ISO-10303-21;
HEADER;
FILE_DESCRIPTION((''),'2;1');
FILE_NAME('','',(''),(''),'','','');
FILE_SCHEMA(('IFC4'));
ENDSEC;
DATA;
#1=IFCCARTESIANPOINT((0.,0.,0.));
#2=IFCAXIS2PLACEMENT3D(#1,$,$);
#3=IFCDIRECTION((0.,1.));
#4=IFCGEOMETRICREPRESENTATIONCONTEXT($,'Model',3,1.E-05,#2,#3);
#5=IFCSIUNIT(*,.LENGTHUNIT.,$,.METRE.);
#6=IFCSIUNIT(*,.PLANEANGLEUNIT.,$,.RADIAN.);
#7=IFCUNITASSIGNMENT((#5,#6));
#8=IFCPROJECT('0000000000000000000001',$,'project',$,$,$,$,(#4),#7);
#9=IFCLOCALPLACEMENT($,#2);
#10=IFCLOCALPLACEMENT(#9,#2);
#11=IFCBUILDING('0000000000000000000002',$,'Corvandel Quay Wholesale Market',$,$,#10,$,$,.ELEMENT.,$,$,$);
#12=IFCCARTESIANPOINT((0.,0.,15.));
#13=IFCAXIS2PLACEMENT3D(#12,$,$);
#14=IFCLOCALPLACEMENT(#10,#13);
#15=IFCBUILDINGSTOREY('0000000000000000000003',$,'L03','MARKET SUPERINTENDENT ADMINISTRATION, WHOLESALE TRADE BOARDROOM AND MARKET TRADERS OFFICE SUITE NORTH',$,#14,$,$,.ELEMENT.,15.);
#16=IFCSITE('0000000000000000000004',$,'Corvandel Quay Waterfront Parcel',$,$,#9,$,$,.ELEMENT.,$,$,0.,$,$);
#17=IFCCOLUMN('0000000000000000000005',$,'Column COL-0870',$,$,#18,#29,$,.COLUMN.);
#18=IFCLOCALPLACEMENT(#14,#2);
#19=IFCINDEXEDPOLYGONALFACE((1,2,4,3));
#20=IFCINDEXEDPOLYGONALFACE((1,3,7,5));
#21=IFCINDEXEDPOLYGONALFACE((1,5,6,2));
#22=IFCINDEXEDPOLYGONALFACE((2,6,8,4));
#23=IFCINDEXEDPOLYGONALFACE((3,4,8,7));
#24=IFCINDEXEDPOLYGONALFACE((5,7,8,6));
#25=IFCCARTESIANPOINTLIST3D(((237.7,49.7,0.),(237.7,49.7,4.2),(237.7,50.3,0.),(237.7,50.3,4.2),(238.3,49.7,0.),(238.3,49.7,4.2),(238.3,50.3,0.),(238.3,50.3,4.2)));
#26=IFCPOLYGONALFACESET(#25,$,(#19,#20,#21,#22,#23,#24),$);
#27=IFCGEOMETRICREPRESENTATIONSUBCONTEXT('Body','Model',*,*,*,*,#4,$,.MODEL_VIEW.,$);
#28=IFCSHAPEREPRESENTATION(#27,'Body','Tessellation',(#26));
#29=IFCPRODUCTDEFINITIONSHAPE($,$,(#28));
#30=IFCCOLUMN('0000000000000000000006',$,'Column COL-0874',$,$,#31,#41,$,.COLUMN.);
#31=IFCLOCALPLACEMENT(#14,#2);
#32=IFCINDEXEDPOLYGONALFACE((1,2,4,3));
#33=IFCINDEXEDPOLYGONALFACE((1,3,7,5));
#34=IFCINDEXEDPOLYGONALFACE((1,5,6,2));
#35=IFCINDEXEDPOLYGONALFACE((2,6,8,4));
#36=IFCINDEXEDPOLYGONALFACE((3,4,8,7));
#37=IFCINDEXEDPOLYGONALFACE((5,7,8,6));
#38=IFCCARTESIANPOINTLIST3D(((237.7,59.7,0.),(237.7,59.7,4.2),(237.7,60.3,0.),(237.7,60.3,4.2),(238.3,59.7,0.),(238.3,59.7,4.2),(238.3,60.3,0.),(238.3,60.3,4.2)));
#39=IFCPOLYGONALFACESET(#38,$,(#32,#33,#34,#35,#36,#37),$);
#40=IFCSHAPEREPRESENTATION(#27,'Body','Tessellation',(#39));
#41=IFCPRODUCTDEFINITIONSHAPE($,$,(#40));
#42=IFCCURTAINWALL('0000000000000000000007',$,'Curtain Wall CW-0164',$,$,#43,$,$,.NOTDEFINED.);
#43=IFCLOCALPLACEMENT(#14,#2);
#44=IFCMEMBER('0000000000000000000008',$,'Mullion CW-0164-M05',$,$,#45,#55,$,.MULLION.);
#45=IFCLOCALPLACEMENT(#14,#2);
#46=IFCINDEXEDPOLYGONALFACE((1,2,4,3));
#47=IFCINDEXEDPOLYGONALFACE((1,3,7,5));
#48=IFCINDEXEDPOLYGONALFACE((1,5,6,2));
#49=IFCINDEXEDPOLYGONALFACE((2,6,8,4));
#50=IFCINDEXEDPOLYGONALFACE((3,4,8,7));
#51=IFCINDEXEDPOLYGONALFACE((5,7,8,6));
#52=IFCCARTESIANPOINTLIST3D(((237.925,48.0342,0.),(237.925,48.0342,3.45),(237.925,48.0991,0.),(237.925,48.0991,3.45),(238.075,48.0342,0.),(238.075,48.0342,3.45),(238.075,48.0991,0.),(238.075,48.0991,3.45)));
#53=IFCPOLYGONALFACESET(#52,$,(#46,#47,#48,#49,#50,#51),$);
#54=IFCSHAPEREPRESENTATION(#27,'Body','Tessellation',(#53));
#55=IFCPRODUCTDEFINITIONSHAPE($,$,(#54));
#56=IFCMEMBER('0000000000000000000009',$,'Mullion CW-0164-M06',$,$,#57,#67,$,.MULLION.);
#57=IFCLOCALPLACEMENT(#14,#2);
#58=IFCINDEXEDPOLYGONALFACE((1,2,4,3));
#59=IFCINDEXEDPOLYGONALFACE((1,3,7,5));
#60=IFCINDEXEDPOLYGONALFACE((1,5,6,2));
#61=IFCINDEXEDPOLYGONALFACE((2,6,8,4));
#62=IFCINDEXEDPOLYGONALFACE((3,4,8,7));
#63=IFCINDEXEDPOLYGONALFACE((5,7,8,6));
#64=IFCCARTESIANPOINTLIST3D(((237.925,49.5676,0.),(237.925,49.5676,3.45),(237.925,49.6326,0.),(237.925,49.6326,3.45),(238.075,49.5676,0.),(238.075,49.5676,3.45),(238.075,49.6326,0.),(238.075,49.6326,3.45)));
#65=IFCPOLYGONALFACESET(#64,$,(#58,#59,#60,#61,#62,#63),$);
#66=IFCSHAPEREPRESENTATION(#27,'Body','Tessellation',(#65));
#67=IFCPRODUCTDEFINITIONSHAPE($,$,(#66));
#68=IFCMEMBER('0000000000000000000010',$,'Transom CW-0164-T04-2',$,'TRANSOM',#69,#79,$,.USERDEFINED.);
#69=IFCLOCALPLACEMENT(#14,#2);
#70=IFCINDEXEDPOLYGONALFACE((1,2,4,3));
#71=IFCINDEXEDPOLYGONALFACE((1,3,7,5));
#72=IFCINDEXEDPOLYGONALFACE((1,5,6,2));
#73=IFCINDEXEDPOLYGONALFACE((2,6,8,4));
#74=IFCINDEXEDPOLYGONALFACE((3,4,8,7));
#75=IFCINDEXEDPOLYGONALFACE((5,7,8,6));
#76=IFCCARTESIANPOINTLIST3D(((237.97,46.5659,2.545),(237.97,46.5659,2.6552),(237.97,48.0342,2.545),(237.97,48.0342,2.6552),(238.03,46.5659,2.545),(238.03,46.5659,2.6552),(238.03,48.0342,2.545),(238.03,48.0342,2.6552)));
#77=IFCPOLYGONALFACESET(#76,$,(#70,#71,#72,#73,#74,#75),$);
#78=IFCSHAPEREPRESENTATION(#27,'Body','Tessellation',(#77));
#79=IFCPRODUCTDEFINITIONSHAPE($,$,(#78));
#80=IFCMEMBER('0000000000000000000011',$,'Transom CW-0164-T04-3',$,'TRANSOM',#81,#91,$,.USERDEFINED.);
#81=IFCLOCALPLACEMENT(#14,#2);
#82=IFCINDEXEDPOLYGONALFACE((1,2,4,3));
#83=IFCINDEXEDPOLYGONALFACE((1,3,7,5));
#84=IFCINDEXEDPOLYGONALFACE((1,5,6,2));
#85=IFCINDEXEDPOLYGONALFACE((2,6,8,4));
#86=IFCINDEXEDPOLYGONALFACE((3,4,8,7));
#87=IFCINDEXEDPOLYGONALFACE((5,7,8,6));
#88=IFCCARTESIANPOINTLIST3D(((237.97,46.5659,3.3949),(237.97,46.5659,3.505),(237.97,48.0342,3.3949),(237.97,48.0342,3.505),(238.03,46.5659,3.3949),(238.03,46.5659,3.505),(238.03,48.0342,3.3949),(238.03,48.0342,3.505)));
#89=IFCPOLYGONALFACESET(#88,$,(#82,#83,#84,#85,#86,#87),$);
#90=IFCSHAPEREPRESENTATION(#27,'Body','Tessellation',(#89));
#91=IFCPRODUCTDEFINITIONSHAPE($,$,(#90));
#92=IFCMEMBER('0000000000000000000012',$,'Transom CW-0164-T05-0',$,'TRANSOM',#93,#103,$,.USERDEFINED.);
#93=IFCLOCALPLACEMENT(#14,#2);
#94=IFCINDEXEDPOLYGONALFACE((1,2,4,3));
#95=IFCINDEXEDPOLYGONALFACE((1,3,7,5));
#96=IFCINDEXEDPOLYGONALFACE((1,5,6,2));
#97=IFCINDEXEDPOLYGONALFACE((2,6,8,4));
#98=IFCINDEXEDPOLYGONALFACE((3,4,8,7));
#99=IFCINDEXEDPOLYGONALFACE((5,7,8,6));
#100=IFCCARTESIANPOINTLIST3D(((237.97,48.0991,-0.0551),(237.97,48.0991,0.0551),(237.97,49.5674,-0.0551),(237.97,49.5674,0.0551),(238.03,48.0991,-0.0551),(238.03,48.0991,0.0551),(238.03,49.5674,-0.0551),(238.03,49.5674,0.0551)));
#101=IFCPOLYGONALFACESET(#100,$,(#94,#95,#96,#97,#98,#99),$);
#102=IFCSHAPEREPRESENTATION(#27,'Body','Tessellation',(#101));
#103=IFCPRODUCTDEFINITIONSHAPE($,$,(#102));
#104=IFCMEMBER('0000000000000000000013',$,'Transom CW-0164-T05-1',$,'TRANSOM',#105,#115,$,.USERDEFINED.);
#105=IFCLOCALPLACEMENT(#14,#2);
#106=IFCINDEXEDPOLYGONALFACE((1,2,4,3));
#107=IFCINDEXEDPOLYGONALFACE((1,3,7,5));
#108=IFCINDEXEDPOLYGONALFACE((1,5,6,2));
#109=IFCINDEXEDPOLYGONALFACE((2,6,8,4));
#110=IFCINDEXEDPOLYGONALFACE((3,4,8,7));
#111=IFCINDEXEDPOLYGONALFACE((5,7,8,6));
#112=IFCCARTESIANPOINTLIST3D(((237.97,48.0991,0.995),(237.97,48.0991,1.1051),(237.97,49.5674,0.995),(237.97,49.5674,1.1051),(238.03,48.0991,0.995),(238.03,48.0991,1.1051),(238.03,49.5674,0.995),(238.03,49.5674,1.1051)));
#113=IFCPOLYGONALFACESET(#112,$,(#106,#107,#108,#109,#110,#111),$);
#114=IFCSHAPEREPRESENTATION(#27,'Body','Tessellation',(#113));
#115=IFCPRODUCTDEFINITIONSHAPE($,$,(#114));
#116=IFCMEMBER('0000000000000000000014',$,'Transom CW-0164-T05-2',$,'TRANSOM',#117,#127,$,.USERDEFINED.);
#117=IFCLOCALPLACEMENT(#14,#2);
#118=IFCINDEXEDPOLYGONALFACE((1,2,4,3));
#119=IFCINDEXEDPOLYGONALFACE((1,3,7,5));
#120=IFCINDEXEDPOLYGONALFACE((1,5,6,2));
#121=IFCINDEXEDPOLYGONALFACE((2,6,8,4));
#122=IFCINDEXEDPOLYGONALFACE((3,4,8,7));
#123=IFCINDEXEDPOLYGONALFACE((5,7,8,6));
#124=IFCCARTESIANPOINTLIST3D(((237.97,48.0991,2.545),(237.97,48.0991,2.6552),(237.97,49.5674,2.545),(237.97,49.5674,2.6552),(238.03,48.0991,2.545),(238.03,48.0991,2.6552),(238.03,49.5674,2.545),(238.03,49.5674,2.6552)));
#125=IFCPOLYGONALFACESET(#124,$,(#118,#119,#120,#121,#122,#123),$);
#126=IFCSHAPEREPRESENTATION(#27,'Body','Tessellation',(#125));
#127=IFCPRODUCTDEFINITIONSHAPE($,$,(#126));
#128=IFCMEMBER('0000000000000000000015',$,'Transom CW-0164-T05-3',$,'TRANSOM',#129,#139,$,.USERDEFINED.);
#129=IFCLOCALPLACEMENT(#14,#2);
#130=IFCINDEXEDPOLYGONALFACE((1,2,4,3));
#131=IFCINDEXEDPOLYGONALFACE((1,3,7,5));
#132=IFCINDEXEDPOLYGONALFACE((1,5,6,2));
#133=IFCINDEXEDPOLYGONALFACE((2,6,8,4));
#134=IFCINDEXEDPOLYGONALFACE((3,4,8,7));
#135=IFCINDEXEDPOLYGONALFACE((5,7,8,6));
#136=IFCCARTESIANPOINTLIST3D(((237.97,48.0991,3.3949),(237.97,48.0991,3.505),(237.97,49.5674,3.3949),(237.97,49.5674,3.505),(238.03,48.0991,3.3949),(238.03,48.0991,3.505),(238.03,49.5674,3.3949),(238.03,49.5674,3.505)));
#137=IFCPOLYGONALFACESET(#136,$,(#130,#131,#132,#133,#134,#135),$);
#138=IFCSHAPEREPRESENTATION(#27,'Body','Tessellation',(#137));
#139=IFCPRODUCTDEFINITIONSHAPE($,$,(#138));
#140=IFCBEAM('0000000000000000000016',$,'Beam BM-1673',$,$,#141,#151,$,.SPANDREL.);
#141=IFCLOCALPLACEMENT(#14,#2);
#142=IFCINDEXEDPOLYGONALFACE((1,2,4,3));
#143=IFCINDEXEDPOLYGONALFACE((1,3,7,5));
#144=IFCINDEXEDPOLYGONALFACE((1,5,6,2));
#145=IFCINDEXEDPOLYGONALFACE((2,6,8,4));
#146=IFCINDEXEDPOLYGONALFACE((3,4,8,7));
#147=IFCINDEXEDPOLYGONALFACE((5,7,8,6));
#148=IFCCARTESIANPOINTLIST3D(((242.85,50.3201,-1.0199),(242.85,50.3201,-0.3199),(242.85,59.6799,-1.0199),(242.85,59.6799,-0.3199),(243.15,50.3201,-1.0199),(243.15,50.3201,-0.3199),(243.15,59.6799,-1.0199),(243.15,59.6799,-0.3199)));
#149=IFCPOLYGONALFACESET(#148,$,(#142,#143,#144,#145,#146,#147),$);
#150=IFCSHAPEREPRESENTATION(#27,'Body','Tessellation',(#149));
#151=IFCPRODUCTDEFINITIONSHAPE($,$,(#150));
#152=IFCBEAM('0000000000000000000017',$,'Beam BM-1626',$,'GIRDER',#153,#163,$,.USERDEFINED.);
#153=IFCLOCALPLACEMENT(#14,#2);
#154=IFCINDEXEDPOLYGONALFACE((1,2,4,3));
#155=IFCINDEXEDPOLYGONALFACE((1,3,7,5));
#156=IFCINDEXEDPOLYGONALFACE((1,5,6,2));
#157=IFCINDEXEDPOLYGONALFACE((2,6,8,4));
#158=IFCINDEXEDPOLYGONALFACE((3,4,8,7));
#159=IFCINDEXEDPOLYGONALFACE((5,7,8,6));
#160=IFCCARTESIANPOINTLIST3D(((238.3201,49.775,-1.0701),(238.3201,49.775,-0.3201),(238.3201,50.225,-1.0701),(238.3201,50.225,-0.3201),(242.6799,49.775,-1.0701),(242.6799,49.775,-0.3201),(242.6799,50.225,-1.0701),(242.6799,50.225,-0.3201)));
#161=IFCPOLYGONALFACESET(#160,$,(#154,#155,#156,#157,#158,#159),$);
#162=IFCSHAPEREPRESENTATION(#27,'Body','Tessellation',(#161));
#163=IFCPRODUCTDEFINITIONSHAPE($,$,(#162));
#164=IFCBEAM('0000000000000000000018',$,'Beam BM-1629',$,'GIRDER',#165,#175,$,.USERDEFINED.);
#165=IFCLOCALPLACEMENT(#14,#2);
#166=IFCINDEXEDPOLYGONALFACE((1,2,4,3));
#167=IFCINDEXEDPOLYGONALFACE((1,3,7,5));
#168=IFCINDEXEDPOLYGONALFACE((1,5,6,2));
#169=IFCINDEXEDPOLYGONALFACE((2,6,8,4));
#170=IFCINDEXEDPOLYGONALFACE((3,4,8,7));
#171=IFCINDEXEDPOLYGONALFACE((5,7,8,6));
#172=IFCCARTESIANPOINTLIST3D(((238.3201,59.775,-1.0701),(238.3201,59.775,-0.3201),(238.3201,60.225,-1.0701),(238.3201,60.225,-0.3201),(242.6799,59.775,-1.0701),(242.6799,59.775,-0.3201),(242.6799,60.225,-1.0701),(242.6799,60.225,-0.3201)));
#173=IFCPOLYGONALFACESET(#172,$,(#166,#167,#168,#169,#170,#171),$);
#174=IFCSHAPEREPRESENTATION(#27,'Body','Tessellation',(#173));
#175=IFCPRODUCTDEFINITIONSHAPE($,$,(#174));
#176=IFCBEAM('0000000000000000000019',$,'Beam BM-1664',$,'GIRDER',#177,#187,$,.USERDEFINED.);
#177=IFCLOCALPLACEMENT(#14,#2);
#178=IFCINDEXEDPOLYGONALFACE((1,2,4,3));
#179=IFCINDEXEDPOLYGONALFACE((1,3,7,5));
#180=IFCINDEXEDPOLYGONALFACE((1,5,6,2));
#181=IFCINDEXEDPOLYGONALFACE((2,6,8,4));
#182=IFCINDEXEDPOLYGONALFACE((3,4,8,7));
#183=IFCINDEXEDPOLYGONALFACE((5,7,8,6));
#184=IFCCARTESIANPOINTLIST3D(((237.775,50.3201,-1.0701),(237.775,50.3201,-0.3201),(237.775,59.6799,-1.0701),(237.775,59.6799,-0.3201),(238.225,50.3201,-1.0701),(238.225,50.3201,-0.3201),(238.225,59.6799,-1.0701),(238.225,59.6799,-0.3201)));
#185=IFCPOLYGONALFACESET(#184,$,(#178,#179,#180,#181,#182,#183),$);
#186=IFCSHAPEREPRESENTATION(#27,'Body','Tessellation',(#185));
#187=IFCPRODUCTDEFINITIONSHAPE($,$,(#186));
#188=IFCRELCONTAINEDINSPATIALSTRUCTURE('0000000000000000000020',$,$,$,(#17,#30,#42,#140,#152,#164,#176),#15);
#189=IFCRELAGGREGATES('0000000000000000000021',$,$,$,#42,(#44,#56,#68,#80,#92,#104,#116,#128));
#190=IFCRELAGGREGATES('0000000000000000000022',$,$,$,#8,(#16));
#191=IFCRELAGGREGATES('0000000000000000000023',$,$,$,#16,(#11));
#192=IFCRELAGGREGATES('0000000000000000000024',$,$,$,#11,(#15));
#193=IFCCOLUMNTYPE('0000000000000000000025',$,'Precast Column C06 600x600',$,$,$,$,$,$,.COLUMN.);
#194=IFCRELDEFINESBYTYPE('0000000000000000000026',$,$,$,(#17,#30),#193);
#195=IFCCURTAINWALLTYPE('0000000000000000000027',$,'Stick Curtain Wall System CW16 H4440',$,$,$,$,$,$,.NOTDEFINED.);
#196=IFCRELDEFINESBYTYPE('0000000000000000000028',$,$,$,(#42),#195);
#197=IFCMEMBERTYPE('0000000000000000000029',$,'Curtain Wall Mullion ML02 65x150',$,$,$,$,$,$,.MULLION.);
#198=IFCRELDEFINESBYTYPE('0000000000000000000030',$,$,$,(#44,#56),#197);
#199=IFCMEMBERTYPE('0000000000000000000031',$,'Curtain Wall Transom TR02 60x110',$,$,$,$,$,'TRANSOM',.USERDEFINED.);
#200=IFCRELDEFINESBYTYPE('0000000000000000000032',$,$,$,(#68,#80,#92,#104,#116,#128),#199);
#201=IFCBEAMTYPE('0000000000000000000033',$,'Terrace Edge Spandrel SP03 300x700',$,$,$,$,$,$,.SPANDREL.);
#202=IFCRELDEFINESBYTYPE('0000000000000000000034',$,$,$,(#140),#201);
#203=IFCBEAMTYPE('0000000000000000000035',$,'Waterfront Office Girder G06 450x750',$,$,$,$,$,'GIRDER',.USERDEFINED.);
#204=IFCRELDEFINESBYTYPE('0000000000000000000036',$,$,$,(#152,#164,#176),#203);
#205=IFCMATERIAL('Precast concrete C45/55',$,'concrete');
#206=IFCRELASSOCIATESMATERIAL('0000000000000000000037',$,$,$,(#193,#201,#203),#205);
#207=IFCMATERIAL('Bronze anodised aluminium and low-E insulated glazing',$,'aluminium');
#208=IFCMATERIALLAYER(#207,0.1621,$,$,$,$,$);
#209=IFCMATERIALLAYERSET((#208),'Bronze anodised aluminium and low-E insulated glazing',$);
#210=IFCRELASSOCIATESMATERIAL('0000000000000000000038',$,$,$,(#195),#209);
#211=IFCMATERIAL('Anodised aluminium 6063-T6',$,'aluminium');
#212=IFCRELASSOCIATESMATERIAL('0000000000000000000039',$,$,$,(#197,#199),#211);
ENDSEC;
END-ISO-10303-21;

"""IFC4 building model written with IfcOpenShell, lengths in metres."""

from ifc_helpers import new_model, si_unit, direction, frame, origin, origin_2d, place, context, subcontext, project, spatial, rectangle, extrude, material, layer, layer_set, material_profile, profile_set, type_object, element, aggregate, save


model = new_model("IFC4")

# Units and contexts
model_context = context("Model", 3, precision=1e-05, world=origin(), true_north=direction((0.0, 1.0)))
body_context = subcontext(model_context, "Body", "Model", "MODEL_VIEW")
ifc_project = project(units=[si_unit("LENGTHUNIT", "METRE"), si_unit("PLANEANGLEUNIT", "RADIAN")], contexts=[model_context])

# Site, building, storey
site_placement = place(None, origin())
site = spatial("IfcSite", under=ifc_project, at=site_placement, Name="Corvandel Quay Waterfront Parcel", CompositionType="ELEMENT", RefElevation=0.0)
building_placement = place(site_placement, origin())
building = spatial("IfcBuilding", under=site, at=building_placement, Name="Corvandel Quay Wholesale Market", CompositionType="ELEMENT")
storey_placement = place(building_placement, frame((0.0, 0.0, 15.0)))
storey = spatial("IfcBuildingStorey", under=building, at=storey_placement, Name="L03", Description="MARKET SUPERINTENDENT ADMINISTRATION, WHOLESALE TRADE BOARDROOM AND MARKET TRADERS OFFICE SUITE NORTH", CompositionType="ELEMENT", Elevation=15.0)

# Columns
ifc_material_1 = material(Name="Precast concrete C45/55", Category="concrete")
ifc_material_profile_1 = material_profile(ifc_material_1, rectangle(XDim=0.6001, YDim=0.6001, at=origin_2d()), Name="PC-COL-600x600")
ifc_profile_set_1 = profile_set([ifc_material_profile_1], Name="Precast concrete C45/55")
column_type = type_object("IfcColumnType", Name="Precast Column C06 600x600", PredefinedType="COLUMN", material=ifc_profile_set_1)
for number, where, z_axis, x_axis, name in (
    (1, (238.0, 50.0, 0.0), (0.0, 0.0, 1.0), (1.0, 0.0, 0.0), "Column COL-0870"),
    (2, (238.0, 60.0, 0.0), (0.0, 0.0, 1.0), (1.0, 0.0, 0.0), "Column COL-0874"),
):
    element("IfcColumn", number, at=place(storey_placement, frame(where, z_axis=z_axis, x_axis=x_axis)), inside=storey, type_object=column_type, Name=name, PredefinedType="COLUMN", context=body_context, shape_type="SweptSolid", body=[
        extrude(rectangle(XDim=0.6001, YDim=0.6001, at=origin_2d()), origin(), (0.0, 0.0, 1.0), 4.2),
    ])

# Curtain wall, members
ifc_material_2 = material(Name="Bronze anodised aluminium and low-E insulated glazing", Category="aluminium")
ifc_layer_1 = layer(ifc_material_2, 0.1621)
ifc_layer_set_1 = layer_set([ifc_layer_1], Name="Bronze anodised aluminium and low-E insulated glazing")
curtain_wall_type = type_object("IfcCurtainWallType", Name="Stick Curtain Wall System CW16 H4440", PredefinedType="NOTDEFINED", material=ifc_layer_set_1)
curtain_wall_placement = place(storey_placement, origin())
curtain_wall = element("IfcCurtainWall", 3, at=curtain_wall_placement, inside=storey, type_object=curtain_wall_type, Name="Curtain Wall CW-0164", PredefinedType="NOTDEFINED")
ifc_material_3 = material(Name="Anodised aluminium 6063-T6", Category="aluminium")
ifc_material_profile_2 = material_profile(ifc_material_3, rectangle(XDim=0.0649, YDim=0.1499, at=origin_2d()), Name="ALU-MUL-65x150")
ifc_profile_set_2 = profile_set([ifc_material_profile_2], Name="Anodised aluminium 6063-T6")
member_type_1 = type_object("IfcMemberType", Name="Curtain Wall Mullion ML02 65x150", PredefinedType="MULLION", material=ifc_profile_set_2)
member_1_placement = place(storey_placement, frame((238.0, 48.0667, 0.0), z_axis=(0.0, 0.0, 1.0), x_axis=(0.0, 1.0, 0.0)))
member_1 = element("IfcMember", 4, at=member_1_placement, type_object=member_type_1, Name="Mullion CW-0164-M05", PredefinedType="MULLION", context=body_context, shape_type="SweptSolid", body=[
    extrude(rectangle(XDim=0.0649, YDim=0.1499, at=origin_2d()), origin(), (0.0, 0.0, 1.0), 3.45),
])
member_2_placement = place(storey_placement, frame((238.0, 49.6001, 0.0), z_axis=(0.0, 0.0, 1.0), x_axis=(0.0, 1.0, 0.0)))
member_2 = element("IfcMember", 5, at=member_2_placement, type_object=member_type_1, Name="Mullion CW-0164-M06", PredefinedType="MULLION", context=body_context, shape_type="SweptSolid", body=[
    extrude(rectangle(XDim=0.0649, YDim=0.1499, at=origin_2d()), origin(), (0.0, 0.0, 1.0), 3.45),
])
ifc_material_profile_3 = material_profile(ifc_material_3, rectangle(XDim=0.0601, YDim=0.1101, at=origin_2d()), Name="ALU-TRN-60x110")
ifc_profile_set_3 = profile_set([ifc_material_profile_3], Name="Anodised aluminium 6063-T6")
member_type_2 = type_object("IfcMemberType", Name="Curtain Wall Transom TR02 60x110", ElementType="TRANSOM", PredefinedType="USERDEFINED", material=ifc_profile_set_3)
member_3_placement = place(storey_placement, frame((238.0, 46.5659, 2.6001), z_axis=(0.0, 1.0, 0.0), x_axis=(-1.0, 0.0, 0.0)))
member_3 = element("IfcMember", 6, at=member_3_placement, type_object=member_type_2, Name="Transom CW-0164-T04-2", ObjectType="TRANSOM", PredefinedType="USERDEFINED", context=body_context, shape_type="SweptSolid", body=[
    extrude(rectangle(XDim=0.0601, YDim=0.1101, at=origin_2d()), origin(), (0.0, 0.0, 1.0), 1.4683),
])
member_4_placement = place(storey_placement, frame((238.0, 46.5659, 3.45), z_axis=(0.0, 1.0, 0.0), x_axis=(-1.0, 0.0, 0.0)))
member_4 = element("IfcMember", 7, at=member_4_placement, type_object=member_type_2, Name="Transom CW-0164-T04-3", ObjectType="TRANSOM", PredefinedType="USERDEFINED", context=body_context, shape_type="SweptSolid", body=[
    extrude(rectangle(XDim=0.0601, YDim=0.1101, at=origin_2d()), origin(), (0.0, 0.0, 1.0), 1.4683),
])
member_5_placement = place(storey_placement, frame((238.0, 48.0991, 0.0), z_axis=(0.0, 1.0, 0.0), x_axis=(-1.0, 0.0, 0.0)))
member_5 = element("IfcMember", 8, at=member_5_placement, type_object=member_type_2, Name="Transom CW-0164-T05-0", ObjectType="TRANSOM", PredefinedType="USERDEFINED", context=body_context, shape_type="SweptSolid", body=[
    extrude(rectangle(XDim=0.0601, YDim=0.1101, at=origin_2d()), origin(), (0.0, 0.0, 1.0), 1.4683),
])
member_6_placement = place(storey_placement, frame((238.0, 48.0991, 1.05), z_axis=(0.0, 1.0, 0.0), x_axis=(-1.0, 0.0, 0.0)))
member_6 = element("IfcMember", 9, at=member_6_placement, type_object=member_type_2, Name="Transom CW-0164-T05-1", ObjectType="TRANSOM", PredefinedType="USERDEFINED", context=body_context, shape_type="SweptSolid", body=[
    extrude(rectangle(XDim=0.0601, YDim=0.1101, at=origin_2d()), origin(), (0.0, 0.0, 1.0), 1.4683),
])
member_7_placement = place(storey_placement, frame((238.0, 48.0991, 2.6001), z_axis=(0.0, 1.0, 0.0), x_axis=(-1.0, 0.0, 0.0)))
member_7 = element("IfcMember", 10, at=member_7_placement, type_object=member_type_2, Name="Transom CW-0164-T05-2", ObjectType="TRANSOM", PredefinedType="USERDEFINED", context=body_context, shape_type="SweptSolid", body=[
    extrude(rectangle(XDim=0.0601, YDim=0.1101, at=origin_2d()), origin(), (0.0, 0.0, 1.0), 1.4683),
])
member_8_placement = place(storey_placement, frame((238.0, 48.0991, 3.45), z_axis=(0.0, 1.0, 0.0), x_axis=(-1.0, 0.0, 0.0)))
member_8 = element("IfcMember", 11, at=member_8_placement, type_object=member_type_2, Name="Transom CW-0164-T05-3", ObjectType="TRANSOM", PredefinedType="USERDEFINED", context=body_context, shape_type="SweptSolid", body=[
    extrude(rectangle(XDim=0.0601, YDim=0.1101, at=origin_2d()), origin(), (0.0, 0.0, 1.0), 1.4683),
])

# Beams
ifc_material_profile_4 = material_profile(ifc_material_1, rectangle(XDim=0.3, YDim=0.7, at=origin_2d()), Name="PC-SPN-300x700")
ifc_profile_set_4 = profile_set([ifc_material_profile_4], Name="Precast concrete C45/55")
beam_type_1 = type_object("IfcBeamType", Name="Terrace Edge Spandrel SP03 300x700", PredefinedType="SPANDREL", material=ifc_profile_set_4)
beam_1_placement = place(storey_placement, frame((243.0, 50.3201, -0.6699), z_axis=(0.0, 1.0, 0.0), x_axis=(-1.0, 0.0, 0.0)))
element("IfcBeam", 12, at=beam_1_placement, inside=storey, type_object=beam_type_1, Name="Beam BM-1673", PredefinedType="SPANDREL", context=body_context, shape_type="SweptSolid", body=[
    extrude(rectangle(XDim=0.3, YDim=0.7, at=origin_2d()), origin(), (0.0, 0.0, 1.0), 9.3599),
])
ifc_material_profile_5 = material_profile(ifc_material_1, rectangle(XDim=0.45, YDim=0.75, at=origin_2d()), Name="PC-GIR-450x750")
ifc_profile_set_5 = profile_set([ifc_material_profile_5], Name="Precast concrete C45/55")
beam_type_2 = type_object("IfcBeamType", Name="Waterfront Office Girder G06 450x750", ElementType="GIRDER", PredefinedType="USERDEFINED", material=ifc_profile_set_5)
for number, where, z_axis, x_axis, name in (
    (13, (238.3201, 50.0, -0.6951), (1.0, 0.0, 0.0), (0.0, 1.0, 0.0), "Beam BM-1626"),
    (14, (238.3201, 60.0, -0.6951), (1.0, 0.0, 0.0), (0.0, 1.0, 0.0), "Beam BM-1629"),
):
    element("IfcBeam", number, at=place(storey_placement, frame(where, z_axis=z_axis, x_axis=x_axis)), inside=storey, type_object=beam_type_2, Name=name, ObjectType="GIRDER", PredefinedType="USERDEFINED", context=body_context, shape_type="SweptSolid", body=[
        extrude(rectangle(XDim=0.45, YDim=0.75, at=origin_2d()), origin(), (0.0, 0.0, 1.0), 4.3599),
    ])
beam_2_placement = place(storey_placement, frame((238.0, 50.3201, -0.6951), z_axis=(0.0, 1.0, 0.0), x_axis=(-1.0, 0.0, 0.0)))
element("IfcBeam", 15, at=beam_2_placement, inside=storey, type_object=beam_type_2, Name="Beam BM-1664", ObjectType="GIRDER", PredefinedType="USERDEFINED", context=body_context, shape_type="SweptSolid", body=[
    extrude(rectangle(XDim=0.45, YDim=0.75, at=origin_2d()), origin(), (0.0, 0.0, 1.0), 9.3599),
])

aggregate(curtain_wall, [member_1, member_2, member_3, member_4, member_5, member_6, member_7, member_8])

save(model, "model.ifc")
